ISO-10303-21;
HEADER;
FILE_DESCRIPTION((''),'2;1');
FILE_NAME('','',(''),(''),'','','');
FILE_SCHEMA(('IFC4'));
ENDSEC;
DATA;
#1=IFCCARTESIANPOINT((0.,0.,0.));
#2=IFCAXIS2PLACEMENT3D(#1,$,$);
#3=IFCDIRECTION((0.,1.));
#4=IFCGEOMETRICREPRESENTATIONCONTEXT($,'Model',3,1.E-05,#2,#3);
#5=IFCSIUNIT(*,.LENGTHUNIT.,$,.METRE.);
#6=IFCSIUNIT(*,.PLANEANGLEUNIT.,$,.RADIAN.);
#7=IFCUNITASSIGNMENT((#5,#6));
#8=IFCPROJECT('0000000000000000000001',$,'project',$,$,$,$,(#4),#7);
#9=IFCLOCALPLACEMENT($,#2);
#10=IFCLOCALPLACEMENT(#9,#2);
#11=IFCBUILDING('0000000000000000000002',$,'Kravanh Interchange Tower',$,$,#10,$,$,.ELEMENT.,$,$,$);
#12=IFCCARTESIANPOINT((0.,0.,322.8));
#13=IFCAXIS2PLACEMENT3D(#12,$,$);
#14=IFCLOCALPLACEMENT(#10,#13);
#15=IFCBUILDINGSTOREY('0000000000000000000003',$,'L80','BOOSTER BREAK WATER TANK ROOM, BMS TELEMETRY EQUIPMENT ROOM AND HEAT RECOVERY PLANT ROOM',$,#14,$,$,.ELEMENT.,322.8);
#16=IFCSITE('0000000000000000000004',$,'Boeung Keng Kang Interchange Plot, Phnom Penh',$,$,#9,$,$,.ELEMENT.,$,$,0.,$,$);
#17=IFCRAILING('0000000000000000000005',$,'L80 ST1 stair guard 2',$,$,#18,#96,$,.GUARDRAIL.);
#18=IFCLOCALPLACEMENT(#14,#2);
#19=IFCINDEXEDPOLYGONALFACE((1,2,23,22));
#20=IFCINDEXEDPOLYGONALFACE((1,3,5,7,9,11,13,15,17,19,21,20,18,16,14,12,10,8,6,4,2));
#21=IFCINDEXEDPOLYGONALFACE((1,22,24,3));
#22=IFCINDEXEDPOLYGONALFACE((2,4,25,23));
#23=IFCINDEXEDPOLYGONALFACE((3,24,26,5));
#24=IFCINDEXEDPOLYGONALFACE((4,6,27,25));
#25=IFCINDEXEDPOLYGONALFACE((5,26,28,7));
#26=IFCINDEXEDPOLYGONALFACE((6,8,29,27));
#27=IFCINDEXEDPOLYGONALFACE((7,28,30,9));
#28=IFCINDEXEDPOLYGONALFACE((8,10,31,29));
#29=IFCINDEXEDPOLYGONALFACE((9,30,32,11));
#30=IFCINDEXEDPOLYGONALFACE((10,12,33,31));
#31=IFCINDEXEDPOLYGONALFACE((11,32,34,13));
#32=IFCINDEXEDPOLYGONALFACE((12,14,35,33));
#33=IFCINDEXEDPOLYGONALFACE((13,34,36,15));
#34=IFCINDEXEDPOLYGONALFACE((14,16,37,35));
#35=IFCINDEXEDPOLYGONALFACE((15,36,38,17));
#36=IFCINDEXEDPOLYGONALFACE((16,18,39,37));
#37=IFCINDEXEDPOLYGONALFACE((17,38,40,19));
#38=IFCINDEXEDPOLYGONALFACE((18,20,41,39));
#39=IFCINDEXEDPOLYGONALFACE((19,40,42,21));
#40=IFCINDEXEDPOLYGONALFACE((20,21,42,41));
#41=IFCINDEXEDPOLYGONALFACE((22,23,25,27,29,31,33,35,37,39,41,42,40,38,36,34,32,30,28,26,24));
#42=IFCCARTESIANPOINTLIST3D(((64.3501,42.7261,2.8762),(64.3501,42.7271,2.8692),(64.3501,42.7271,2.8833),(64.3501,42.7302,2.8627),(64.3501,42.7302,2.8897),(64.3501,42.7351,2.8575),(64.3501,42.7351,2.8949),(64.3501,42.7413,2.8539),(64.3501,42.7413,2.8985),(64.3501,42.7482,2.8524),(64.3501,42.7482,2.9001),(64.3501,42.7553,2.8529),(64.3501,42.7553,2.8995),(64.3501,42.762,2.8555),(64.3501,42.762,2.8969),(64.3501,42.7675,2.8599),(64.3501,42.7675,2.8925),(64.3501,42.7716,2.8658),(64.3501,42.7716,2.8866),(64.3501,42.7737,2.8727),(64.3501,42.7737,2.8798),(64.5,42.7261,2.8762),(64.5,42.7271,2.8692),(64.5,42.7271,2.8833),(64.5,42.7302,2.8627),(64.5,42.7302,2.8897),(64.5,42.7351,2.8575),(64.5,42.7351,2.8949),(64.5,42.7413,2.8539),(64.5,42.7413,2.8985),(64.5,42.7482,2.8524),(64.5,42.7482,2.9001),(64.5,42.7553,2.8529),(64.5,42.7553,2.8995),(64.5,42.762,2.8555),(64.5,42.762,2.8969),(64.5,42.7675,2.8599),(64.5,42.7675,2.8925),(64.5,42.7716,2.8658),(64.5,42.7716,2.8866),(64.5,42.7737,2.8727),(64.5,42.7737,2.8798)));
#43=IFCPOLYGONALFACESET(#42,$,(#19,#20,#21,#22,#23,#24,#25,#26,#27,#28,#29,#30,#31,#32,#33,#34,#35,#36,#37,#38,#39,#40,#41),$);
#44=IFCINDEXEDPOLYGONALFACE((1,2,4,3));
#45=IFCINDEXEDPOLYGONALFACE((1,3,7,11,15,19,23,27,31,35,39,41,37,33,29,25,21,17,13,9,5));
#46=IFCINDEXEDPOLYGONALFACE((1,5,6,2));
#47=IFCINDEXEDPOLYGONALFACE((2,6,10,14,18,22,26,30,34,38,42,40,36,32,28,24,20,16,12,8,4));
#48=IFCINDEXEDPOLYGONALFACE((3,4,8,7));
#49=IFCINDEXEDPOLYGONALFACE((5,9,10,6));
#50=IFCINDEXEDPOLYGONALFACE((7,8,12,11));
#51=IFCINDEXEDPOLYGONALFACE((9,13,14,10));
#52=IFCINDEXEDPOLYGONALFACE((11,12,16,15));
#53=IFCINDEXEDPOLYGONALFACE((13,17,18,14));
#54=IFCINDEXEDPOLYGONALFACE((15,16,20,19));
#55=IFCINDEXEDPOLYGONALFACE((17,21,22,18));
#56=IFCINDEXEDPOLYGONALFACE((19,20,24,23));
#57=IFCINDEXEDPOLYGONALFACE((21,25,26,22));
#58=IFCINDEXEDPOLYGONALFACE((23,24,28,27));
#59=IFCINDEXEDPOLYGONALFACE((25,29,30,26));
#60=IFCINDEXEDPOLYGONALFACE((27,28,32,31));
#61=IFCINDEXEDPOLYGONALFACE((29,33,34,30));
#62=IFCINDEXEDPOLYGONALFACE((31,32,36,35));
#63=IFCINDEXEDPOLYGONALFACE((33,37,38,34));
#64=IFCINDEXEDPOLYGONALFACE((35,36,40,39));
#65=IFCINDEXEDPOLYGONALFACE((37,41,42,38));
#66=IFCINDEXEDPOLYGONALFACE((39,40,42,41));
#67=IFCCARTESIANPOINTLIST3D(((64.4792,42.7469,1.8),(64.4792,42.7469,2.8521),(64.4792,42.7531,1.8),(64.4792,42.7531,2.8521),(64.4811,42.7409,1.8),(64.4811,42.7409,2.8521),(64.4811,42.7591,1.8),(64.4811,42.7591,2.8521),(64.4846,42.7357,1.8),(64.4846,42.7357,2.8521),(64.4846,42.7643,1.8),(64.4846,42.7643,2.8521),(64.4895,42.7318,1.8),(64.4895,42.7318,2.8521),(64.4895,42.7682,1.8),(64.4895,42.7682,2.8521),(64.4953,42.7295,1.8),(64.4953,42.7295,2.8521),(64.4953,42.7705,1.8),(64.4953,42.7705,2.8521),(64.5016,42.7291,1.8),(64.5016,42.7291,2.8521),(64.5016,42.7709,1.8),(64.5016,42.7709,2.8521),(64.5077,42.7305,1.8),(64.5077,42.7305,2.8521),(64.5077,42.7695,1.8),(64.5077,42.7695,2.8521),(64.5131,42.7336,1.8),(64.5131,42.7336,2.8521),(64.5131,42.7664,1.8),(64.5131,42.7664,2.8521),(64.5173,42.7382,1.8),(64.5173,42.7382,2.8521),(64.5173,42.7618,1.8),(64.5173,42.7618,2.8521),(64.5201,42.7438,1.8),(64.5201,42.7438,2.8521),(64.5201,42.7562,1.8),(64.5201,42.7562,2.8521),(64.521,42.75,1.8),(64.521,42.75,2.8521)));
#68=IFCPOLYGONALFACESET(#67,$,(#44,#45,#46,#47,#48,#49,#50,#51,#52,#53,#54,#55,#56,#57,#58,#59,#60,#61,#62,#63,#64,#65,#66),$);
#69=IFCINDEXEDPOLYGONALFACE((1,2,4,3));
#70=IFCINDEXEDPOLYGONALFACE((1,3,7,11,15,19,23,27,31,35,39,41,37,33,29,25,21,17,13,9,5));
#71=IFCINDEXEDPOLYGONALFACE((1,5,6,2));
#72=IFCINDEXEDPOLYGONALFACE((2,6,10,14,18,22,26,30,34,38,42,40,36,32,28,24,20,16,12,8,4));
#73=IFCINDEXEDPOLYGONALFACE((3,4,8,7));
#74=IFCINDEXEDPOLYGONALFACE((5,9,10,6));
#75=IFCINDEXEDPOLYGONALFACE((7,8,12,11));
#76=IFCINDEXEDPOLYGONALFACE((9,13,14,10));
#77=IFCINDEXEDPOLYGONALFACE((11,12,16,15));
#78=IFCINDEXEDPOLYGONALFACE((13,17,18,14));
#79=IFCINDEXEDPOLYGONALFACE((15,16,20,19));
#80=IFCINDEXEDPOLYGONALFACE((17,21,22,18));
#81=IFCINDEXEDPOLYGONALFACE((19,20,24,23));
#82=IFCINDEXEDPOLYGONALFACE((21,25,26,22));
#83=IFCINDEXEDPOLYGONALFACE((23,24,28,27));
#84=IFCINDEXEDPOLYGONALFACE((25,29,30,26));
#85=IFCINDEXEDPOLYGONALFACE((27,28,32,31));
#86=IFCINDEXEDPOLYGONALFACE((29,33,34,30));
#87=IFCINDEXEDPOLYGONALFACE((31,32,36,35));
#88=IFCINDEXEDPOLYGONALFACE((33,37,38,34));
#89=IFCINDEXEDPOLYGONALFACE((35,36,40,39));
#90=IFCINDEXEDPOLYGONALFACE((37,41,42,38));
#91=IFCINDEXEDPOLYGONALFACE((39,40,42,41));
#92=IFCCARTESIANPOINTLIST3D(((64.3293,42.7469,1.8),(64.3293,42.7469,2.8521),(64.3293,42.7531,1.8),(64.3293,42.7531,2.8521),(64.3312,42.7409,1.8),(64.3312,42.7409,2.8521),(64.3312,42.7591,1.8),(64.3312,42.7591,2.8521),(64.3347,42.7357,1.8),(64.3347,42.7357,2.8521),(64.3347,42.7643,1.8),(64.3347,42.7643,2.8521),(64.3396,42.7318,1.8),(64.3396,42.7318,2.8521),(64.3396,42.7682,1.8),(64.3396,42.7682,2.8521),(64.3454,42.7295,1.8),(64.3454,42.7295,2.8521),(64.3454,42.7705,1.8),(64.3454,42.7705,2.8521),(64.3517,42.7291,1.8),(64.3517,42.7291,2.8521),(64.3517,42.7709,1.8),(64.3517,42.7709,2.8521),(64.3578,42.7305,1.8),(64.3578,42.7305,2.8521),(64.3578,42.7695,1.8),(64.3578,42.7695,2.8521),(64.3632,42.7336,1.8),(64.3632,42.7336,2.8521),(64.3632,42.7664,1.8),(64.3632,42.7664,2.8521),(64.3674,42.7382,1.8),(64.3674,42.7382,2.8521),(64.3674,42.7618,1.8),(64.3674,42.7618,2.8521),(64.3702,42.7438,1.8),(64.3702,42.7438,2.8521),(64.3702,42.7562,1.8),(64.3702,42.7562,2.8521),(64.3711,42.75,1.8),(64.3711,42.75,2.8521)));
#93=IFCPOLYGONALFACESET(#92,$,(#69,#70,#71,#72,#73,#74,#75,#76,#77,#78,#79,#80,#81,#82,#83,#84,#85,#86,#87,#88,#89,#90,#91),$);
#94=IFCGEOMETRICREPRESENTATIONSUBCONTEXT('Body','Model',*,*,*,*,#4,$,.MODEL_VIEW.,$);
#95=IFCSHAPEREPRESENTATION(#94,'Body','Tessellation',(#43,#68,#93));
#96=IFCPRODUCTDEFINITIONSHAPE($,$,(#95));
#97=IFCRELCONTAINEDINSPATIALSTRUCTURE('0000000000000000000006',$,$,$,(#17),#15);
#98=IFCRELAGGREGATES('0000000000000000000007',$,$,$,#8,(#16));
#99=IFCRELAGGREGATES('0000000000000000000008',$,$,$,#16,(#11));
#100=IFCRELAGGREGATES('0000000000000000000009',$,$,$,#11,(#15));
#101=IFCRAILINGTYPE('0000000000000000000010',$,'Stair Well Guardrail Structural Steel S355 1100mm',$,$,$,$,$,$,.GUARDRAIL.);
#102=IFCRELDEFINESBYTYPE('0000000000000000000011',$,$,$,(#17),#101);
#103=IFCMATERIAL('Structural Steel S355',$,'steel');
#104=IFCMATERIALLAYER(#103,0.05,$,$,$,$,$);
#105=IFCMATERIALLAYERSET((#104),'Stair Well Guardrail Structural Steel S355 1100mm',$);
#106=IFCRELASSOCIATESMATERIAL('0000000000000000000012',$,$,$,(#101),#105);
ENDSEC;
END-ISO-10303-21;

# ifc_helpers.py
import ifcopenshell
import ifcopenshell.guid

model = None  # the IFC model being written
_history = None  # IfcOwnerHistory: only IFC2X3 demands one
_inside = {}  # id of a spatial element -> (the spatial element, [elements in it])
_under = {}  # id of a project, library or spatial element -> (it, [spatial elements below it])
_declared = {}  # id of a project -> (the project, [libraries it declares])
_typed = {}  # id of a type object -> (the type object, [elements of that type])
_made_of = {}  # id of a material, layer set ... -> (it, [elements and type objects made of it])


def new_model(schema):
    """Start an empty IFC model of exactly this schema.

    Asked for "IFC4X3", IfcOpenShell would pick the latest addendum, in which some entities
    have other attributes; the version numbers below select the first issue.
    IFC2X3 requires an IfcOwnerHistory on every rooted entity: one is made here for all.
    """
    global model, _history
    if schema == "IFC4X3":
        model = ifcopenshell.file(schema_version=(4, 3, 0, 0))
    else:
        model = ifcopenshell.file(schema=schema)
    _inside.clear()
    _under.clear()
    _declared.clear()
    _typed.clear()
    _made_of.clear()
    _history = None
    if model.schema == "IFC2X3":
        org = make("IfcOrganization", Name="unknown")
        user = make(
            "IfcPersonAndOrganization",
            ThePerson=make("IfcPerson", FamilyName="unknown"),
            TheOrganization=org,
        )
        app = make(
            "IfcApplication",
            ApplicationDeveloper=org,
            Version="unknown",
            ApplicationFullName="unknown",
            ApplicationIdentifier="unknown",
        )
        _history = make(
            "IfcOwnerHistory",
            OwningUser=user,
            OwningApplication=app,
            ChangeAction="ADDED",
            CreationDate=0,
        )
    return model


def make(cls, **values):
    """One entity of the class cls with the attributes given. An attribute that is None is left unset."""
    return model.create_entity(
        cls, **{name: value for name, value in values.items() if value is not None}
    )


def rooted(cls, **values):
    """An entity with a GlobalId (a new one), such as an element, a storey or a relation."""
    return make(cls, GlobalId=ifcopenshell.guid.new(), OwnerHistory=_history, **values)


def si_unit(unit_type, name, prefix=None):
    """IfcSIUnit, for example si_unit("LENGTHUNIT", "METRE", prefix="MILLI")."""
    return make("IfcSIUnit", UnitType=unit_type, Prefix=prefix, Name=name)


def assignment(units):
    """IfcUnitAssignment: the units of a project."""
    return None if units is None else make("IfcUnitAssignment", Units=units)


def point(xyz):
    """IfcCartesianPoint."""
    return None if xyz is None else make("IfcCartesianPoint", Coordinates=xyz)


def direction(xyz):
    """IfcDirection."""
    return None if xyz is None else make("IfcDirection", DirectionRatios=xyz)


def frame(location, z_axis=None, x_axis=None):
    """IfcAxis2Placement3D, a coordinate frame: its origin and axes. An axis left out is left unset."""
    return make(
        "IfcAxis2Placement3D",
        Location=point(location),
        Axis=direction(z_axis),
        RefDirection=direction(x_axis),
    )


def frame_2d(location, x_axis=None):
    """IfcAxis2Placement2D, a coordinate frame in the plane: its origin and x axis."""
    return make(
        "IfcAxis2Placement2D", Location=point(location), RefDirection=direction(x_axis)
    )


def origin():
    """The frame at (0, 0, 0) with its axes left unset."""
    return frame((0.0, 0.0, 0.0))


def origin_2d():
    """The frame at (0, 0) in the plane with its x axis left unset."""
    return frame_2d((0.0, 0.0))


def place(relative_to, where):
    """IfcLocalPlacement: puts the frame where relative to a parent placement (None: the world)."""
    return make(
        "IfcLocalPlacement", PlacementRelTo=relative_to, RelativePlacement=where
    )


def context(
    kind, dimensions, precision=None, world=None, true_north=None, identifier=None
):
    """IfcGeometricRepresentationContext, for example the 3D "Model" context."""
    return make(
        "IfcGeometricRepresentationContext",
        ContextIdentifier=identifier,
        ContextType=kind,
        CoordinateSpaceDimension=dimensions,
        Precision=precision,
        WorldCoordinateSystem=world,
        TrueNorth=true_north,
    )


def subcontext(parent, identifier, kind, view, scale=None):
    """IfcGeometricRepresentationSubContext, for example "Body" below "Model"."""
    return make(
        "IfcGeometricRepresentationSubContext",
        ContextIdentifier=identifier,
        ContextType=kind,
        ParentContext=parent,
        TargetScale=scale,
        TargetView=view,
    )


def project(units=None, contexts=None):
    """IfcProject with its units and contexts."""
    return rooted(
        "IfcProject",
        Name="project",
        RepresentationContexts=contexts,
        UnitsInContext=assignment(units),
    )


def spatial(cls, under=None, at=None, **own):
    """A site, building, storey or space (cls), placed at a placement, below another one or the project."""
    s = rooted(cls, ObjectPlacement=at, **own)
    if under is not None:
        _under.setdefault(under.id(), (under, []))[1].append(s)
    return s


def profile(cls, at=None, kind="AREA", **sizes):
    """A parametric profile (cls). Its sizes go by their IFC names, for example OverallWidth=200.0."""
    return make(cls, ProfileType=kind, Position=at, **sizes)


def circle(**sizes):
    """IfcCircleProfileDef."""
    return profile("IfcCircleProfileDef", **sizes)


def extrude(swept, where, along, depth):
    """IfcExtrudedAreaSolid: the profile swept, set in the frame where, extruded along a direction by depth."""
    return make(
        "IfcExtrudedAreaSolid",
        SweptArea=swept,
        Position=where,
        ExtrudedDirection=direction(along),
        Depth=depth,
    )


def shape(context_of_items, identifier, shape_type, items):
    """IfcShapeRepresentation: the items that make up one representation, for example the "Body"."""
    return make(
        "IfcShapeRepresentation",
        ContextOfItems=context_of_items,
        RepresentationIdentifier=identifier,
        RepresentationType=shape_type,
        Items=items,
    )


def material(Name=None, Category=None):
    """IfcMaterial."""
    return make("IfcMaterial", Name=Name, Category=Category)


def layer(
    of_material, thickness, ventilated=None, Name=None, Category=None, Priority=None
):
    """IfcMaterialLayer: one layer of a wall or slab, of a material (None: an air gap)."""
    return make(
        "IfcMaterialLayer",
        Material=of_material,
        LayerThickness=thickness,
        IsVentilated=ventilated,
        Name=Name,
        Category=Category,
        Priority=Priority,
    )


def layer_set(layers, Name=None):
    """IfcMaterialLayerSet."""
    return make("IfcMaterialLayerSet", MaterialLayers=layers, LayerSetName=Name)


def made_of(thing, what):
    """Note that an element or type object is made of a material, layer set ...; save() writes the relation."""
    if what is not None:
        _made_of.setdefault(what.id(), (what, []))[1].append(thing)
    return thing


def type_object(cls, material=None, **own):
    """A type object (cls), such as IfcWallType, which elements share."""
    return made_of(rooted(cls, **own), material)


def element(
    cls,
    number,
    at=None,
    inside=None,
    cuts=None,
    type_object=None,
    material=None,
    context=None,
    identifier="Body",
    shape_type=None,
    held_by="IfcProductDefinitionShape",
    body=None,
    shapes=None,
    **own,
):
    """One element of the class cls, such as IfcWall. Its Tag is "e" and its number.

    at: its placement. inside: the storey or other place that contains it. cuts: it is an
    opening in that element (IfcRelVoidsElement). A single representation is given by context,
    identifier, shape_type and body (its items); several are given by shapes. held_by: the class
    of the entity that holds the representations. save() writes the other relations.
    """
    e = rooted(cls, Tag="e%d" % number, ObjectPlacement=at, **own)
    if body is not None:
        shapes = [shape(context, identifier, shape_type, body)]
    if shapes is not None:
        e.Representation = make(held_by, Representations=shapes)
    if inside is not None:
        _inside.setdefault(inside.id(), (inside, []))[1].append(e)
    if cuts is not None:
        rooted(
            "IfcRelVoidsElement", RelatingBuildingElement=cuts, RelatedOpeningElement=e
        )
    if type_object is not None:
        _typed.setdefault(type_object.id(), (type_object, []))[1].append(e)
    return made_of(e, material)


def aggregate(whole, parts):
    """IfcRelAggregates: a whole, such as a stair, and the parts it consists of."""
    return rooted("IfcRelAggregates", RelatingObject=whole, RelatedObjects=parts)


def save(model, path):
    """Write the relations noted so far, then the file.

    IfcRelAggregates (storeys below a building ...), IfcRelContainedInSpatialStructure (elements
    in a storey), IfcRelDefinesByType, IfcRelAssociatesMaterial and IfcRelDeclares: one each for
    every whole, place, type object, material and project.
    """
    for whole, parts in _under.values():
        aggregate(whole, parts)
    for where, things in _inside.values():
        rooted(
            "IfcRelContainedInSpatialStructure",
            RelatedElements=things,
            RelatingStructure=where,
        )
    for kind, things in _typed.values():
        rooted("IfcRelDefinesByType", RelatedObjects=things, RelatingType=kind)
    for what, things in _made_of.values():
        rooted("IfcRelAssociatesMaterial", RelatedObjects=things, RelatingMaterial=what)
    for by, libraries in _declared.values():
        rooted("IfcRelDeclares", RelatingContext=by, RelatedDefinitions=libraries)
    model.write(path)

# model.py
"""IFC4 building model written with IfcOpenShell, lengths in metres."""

from ifc_helpers import new_model, si_unit, direction, frame, origin, origin_2d, place, context, subcontext, project, spatial, circle, extrude, material, layer, layer_set, type_object, element, save


model = new_model("IFC4")

# Units and contexts
model_context = context("Model", 3, precision=1e-05, world=origin(), true_north=direction((0.0, 1.0)))
body_context = subcontext(model_context, "Body", "Model", "MODEL_VIEW")
ifc_project = project(units=[si_unit("LENGTHUNIT", "METRE"), si_unit("PLANEANGLEUNIT", "RADIAN")], contexts=[model_context])

# Site, building, storey
site_placement = place(None, origin())
site = spatial("IfcSite", under=ifc_project, at=site_placement, Name="Boeung Keng Kang Interchange Plot, Phnom Penh", CompositionType="ELEMENT", RefElevation=0.0)
building_placement = place(site_placement, origin())
building = spatial("IfcBuilding", under=site, at=building_placement, Name="Kravanh Interchange Tower", CompositionType="ELEMENT")
storey_placement = place(building_placement, frame((0.0, 0.0, 322.8)))
storey = spatial("IfcBuildingStorey", under=building, at=storey_placement, Name="L80", Description="BOOSTER BREAK WATER TANK ROOM, BMS TELEMETRY EQUIPMENT ROOM AND HEAT RECOVERY PLANT ROOM", CompositionType="ELEMENT", Elevation=322.8)

# Railing
ifc_material_1 = material(Name="Structural Steel S355", Category="steel")
ifc_layer_1 = layer(ifc_material_1, 0.05)
ifc_layer_set_1 = layer_set([ifc_layer_1], Name="Stair Well Guardrail Structural Steel S355 1100mm")
railing_type_1 = type_object("IfcRailingType", Name="Stair Well Guardrail Structural Steel S355 1100mm", PredefinedType="GUARDRAIL", material=ifc_layer_set_1)
railing_1_placement = place(storey_placement, frame((64.5, 42.75, 1.8)))
element("IfcRailing", 1, at=railing_1_placement, inside=storey, type_object=railing_type_1, Name="L80 ST1 stair guard 2", PredefinedType="GUARDRAIL", context=body_context, shape_type="SweptSolid", body=[
    extrude(circle(Radius=0.0239, at=origin_2d()), frame((0.0, 0.0, 1.0762), z_axis=(-1.0, 0.0, 0.0), x_axis=(0.0, -1.0, 0.0)), (0.0, 0.0, 1.0), 0.1499),
    extrude(circle(Radius=0.021, at=origin_2d()), origin(), (0.0, 0.0, 1.0), 1.052),
    extrude(circle(Radius=0.021, at=origin_2d()), frame((-0.1499, 0.0, 0.0)), (0.0, 0.0, 1.0), 1.052),
])

save(model, "model.ifc")
